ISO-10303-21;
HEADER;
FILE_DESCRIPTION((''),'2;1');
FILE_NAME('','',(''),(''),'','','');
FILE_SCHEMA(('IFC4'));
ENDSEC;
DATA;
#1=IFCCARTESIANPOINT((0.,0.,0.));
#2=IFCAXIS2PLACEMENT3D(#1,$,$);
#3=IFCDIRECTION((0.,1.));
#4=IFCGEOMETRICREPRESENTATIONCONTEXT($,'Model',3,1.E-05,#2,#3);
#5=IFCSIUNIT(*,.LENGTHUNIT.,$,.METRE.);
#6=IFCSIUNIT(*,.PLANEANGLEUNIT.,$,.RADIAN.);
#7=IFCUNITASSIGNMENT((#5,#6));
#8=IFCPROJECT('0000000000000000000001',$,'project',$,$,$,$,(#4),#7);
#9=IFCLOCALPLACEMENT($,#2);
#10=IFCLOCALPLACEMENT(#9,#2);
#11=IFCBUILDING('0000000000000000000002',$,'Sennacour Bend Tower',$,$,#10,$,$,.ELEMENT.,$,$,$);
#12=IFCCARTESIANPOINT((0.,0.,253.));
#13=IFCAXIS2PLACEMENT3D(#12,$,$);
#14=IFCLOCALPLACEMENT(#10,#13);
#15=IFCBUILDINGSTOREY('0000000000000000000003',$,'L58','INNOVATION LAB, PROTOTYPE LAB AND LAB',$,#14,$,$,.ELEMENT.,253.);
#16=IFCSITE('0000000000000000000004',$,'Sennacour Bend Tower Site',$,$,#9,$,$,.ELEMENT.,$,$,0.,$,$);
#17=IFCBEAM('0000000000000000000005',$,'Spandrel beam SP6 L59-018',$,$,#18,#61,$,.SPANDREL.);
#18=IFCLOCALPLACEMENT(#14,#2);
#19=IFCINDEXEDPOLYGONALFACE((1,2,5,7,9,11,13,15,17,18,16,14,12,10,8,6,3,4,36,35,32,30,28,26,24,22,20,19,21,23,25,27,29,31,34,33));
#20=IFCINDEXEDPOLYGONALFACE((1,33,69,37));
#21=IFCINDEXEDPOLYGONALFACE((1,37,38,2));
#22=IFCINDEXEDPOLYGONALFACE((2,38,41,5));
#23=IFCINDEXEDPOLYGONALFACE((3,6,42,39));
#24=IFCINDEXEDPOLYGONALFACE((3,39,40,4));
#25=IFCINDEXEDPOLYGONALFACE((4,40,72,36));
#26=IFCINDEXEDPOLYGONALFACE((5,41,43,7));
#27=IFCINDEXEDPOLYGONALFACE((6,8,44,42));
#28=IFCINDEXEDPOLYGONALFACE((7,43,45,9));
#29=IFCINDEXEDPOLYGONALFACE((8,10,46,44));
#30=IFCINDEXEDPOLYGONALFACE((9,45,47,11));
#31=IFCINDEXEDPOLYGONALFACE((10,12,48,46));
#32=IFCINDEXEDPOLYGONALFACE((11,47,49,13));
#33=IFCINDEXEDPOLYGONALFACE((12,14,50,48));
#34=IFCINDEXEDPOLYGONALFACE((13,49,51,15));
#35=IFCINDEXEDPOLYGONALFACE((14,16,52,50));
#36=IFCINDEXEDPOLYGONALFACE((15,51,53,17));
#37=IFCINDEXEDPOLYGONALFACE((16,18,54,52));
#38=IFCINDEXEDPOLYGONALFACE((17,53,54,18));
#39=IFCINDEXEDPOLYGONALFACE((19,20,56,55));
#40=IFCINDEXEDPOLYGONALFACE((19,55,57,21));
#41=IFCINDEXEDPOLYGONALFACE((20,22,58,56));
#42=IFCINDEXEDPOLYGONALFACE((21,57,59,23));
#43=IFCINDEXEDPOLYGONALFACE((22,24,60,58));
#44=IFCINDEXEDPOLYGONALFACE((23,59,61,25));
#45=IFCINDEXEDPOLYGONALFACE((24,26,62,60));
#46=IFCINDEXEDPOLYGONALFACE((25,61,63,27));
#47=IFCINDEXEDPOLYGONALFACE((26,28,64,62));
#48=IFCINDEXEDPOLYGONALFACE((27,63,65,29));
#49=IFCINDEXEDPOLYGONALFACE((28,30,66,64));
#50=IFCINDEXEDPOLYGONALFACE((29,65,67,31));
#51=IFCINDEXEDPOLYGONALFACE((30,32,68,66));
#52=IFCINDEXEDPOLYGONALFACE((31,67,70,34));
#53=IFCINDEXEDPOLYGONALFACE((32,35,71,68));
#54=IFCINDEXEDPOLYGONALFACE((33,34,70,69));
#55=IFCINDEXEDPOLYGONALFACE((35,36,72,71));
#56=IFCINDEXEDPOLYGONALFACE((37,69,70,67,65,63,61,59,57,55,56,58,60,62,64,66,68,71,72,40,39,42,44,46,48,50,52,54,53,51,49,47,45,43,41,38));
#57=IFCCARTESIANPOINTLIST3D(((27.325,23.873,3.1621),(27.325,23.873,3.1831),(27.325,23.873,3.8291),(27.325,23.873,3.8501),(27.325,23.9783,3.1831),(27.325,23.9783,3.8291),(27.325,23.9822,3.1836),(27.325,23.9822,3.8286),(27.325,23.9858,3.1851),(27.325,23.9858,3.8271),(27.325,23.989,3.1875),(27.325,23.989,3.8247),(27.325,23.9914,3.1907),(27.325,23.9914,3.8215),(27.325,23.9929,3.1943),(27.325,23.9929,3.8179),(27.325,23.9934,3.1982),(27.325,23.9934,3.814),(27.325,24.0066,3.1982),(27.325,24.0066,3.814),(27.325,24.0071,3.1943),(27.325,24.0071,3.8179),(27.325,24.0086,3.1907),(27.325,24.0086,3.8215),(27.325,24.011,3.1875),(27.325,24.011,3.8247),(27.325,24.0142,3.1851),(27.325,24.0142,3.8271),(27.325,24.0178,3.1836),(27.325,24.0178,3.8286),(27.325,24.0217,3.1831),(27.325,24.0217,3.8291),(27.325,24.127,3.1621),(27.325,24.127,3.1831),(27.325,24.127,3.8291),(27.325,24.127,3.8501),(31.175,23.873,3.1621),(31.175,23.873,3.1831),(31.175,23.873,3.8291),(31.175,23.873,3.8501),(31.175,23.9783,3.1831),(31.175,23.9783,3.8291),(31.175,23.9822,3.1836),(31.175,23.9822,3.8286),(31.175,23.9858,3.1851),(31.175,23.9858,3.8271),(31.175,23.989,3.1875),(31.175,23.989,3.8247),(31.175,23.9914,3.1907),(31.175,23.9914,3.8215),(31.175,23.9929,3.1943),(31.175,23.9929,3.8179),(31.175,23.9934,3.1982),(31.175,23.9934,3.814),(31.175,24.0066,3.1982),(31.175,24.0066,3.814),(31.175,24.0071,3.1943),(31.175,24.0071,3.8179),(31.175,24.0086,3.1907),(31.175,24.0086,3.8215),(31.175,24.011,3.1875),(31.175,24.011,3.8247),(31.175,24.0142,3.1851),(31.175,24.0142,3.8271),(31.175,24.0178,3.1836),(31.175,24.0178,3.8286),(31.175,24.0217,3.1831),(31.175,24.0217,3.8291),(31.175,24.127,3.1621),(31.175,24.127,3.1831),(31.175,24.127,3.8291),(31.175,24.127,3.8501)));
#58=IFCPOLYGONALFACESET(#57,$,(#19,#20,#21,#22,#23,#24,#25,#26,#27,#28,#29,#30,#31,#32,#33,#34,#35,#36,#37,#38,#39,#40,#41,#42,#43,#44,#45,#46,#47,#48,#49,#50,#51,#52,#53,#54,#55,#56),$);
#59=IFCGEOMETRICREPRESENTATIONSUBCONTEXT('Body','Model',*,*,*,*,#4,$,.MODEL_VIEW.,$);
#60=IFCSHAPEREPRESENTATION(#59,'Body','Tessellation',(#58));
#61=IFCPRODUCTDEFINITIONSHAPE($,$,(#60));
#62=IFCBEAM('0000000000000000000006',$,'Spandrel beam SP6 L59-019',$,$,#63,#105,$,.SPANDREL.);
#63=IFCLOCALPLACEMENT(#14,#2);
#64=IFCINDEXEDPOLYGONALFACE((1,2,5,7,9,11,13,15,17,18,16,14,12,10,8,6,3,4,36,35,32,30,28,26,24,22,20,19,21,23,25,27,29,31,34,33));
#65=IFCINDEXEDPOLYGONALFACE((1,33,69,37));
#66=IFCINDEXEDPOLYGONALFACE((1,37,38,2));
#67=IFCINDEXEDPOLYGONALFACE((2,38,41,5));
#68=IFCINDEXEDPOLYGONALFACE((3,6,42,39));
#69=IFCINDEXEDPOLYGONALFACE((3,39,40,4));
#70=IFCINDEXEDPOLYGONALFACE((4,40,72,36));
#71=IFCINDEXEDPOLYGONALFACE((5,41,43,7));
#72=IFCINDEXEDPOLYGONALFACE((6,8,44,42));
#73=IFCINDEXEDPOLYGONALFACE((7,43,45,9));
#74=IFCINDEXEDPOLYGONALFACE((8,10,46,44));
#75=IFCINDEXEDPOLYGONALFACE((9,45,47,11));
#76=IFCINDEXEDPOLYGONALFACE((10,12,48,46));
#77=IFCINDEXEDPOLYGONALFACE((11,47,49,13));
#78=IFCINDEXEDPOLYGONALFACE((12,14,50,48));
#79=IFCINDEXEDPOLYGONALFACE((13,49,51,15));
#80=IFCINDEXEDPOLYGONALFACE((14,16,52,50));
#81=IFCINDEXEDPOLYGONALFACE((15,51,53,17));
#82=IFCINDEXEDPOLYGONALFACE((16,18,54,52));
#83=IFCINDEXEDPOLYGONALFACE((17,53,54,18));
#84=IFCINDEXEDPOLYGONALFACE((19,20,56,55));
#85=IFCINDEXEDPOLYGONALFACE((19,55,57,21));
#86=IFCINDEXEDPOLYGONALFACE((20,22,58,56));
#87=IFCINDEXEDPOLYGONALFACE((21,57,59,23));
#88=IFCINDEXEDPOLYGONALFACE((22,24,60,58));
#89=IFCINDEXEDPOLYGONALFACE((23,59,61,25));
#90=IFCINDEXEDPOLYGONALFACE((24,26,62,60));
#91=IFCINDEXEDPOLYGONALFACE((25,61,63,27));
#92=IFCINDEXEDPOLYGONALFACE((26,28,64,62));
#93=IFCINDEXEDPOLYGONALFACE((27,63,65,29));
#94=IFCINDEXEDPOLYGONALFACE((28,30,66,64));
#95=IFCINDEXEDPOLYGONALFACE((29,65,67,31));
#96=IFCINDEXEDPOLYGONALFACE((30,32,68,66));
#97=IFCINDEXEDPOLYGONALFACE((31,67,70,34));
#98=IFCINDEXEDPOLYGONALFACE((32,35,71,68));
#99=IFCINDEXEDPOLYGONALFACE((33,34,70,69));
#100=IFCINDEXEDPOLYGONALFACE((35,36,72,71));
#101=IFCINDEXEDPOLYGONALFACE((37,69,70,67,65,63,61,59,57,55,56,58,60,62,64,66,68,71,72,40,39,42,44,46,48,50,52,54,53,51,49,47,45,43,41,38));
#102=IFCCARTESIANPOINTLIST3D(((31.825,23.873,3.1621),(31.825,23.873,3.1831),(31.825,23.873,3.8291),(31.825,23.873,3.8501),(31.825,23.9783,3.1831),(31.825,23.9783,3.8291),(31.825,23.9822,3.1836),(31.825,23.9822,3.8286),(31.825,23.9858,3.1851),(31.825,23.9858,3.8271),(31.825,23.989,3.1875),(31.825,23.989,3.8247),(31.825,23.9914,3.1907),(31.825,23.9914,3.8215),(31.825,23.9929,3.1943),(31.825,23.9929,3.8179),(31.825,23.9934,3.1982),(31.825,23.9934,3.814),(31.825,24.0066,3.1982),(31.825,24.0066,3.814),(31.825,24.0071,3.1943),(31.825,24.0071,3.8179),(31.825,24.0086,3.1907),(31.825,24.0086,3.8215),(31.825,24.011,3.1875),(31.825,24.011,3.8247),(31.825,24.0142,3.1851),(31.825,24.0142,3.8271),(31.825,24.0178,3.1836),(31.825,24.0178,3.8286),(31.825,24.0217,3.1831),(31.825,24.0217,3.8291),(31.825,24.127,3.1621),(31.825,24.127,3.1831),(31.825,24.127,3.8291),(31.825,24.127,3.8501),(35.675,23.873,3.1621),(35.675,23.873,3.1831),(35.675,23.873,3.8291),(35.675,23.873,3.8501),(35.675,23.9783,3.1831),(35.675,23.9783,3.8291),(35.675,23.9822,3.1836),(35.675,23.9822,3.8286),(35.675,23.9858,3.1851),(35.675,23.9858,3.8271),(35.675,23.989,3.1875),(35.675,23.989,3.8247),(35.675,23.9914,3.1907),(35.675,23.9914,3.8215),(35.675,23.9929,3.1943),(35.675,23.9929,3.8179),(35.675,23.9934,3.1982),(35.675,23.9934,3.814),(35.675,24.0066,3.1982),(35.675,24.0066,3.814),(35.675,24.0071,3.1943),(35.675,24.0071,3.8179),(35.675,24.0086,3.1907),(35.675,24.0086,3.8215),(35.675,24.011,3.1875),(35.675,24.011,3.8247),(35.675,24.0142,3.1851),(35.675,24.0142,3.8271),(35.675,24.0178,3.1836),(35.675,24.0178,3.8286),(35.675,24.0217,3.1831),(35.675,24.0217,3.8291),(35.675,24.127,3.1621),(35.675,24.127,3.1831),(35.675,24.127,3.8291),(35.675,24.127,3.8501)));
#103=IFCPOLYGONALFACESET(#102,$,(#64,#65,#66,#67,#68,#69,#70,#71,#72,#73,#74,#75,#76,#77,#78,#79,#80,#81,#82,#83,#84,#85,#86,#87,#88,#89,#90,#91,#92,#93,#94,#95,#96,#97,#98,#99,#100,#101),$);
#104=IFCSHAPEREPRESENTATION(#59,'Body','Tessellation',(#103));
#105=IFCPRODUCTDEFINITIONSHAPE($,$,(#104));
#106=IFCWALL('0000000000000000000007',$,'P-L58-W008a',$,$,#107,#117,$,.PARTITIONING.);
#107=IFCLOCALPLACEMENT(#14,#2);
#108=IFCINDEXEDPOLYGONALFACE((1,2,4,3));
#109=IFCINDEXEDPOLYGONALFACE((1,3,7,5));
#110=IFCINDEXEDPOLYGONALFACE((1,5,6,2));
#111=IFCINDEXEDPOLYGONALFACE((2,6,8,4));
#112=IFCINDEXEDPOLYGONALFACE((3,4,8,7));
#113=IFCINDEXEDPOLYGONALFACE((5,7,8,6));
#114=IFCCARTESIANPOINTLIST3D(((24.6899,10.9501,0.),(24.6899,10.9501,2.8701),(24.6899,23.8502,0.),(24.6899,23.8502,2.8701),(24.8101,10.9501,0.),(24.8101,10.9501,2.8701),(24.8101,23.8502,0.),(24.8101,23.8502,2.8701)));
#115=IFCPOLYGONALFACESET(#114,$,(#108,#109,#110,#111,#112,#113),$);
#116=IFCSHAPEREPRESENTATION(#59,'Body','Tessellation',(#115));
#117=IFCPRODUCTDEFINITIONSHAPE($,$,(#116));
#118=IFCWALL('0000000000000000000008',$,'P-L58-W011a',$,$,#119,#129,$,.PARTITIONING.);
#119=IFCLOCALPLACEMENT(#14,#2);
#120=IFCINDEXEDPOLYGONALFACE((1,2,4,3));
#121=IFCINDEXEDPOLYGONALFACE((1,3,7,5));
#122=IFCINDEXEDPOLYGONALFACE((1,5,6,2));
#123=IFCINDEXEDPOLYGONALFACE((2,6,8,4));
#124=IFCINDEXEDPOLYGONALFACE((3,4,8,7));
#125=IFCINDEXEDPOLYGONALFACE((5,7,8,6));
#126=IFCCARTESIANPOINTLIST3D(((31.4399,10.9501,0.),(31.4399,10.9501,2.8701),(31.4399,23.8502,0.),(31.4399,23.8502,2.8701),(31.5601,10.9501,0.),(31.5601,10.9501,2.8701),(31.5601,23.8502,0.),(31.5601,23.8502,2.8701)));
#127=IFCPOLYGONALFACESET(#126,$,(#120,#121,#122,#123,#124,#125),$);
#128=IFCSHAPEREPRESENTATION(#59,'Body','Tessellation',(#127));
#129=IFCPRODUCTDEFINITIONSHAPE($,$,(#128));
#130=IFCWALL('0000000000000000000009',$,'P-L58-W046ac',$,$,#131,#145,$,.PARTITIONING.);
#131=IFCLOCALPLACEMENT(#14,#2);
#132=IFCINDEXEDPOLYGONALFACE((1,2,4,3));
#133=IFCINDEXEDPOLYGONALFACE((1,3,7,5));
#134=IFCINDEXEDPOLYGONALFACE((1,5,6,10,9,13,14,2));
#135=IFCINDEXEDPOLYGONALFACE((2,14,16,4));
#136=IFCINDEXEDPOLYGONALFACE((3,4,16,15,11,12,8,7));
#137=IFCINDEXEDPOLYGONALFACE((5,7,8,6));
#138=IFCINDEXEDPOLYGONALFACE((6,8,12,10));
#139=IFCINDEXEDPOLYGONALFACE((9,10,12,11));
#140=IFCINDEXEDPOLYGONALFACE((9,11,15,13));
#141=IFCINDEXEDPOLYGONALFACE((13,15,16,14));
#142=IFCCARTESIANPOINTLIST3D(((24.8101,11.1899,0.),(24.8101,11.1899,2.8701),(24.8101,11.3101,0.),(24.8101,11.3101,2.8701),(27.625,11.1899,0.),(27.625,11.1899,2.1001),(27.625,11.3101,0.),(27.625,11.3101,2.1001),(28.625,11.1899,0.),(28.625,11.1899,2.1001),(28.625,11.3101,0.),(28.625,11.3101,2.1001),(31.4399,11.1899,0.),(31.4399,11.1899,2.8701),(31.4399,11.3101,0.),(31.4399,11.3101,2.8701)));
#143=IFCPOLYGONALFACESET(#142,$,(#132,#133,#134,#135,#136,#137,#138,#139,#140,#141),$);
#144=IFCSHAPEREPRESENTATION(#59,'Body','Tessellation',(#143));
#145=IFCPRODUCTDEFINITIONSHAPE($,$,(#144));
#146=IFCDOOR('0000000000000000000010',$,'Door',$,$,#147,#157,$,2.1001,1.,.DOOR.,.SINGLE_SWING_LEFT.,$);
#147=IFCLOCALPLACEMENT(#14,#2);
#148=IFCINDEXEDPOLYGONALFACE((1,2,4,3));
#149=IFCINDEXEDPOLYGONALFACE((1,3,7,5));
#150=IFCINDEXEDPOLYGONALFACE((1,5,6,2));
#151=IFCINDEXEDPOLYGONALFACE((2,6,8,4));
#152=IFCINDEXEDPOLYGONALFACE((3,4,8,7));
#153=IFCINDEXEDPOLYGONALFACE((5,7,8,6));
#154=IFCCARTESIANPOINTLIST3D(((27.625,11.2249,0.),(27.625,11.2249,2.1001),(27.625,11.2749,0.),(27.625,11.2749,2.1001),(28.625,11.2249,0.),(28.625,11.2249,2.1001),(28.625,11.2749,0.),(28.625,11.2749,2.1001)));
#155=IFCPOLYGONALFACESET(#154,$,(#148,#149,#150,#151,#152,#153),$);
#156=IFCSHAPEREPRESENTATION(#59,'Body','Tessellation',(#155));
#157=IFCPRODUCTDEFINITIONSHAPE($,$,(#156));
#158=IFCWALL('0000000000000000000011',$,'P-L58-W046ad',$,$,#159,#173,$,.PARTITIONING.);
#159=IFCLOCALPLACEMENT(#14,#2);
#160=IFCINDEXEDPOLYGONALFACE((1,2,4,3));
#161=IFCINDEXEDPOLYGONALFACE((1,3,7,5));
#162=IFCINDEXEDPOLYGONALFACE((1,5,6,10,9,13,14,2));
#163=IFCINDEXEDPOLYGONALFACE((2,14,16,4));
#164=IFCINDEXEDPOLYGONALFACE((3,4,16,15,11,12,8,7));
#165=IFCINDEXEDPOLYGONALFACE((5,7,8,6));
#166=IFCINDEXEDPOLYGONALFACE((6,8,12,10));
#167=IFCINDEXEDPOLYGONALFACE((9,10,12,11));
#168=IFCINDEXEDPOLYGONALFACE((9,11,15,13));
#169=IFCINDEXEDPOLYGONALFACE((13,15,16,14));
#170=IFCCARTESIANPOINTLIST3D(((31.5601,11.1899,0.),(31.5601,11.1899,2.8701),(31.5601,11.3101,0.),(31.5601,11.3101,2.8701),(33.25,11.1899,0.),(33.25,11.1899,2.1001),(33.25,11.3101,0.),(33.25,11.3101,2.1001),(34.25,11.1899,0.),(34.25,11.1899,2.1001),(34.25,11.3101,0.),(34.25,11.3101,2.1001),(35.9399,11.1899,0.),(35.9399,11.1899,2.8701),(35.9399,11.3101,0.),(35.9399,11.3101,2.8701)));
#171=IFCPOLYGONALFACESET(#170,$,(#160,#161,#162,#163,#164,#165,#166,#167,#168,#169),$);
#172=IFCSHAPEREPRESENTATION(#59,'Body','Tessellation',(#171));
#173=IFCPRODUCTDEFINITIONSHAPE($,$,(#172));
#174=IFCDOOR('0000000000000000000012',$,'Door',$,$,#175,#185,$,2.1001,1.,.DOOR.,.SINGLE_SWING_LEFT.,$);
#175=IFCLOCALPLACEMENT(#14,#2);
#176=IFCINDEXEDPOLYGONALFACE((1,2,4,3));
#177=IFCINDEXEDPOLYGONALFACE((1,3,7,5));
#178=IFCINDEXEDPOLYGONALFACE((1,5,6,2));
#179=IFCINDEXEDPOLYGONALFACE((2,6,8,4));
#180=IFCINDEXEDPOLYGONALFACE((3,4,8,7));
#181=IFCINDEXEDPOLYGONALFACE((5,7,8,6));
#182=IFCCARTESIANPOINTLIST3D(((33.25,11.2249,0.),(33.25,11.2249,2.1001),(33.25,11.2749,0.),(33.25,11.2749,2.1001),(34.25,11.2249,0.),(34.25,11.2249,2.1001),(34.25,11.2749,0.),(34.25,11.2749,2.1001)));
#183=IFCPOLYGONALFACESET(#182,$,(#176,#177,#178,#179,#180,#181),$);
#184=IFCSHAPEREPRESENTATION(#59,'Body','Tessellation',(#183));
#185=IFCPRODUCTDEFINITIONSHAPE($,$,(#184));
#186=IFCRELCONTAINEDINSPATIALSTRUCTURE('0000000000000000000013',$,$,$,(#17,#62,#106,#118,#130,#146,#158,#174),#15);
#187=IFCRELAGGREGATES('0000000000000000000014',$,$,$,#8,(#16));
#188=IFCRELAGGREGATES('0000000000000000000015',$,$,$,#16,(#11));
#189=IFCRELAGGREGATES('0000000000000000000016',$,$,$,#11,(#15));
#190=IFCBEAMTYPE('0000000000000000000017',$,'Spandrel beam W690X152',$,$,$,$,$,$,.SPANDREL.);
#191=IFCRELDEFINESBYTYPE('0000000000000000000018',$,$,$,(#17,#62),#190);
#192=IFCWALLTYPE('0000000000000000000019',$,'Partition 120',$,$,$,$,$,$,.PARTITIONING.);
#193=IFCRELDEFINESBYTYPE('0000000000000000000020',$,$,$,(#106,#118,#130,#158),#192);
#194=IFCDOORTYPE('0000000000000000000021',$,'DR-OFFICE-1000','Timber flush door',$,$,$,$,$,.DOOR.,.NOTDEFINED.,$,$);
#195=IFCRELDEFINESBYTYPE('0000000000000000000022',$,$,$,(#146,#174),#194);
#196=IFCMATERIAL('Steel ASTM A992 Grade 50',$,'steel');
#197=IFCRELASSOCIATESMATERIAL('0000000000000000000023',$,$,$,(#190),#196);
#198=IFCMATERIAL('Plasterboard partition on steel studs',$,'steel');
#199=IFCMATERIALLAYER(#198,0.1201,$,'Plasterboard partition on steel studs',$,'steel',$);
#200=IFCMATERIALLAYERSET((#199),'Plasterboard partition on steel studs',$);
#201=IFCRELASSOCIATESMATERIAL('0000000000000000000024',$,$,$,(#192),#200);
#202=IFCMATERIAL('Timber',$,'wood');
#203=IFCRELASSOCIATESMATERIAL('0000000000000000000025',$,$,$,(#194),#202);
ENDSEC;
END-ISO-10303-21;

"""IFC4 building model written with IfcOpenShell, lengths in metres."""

from ifc_helpers import new_model, si_unit, direction, frame, frame_2d, origin, origin_2d, place, context, subcontext, project, spatial, rectangle, i_section, extrude, material, layer, layer_set, material_profile, profile_set, type_object, element, fill, save


model = new_model("IFC4")

# Units and contexts
model_context = context("Model", 3, precision=1e-05, world=origin(), true_north=direction((0.0, 1.0)))
body_context = subcontext(model_context, "Body", "Model", "MODEL_VIEW")
ifc_project = project(units=[si_unit("LENGTHUNIT", "METRE"), si_unit("PLANEANGLEUNIT", "RADIAN")], contexts=[model_context])

# Site, building, storey
site_placement = place(None, origin())
site = spatial("IfcSite", under=ifc_project, at=site_placement, Name="Sennacour Bend Tower Site", CompositionType="ELEMENT", RefElevation=0.0)
building_placement = place(site_placement, origin())
building = spatial("IfcBuilding", under=site, at=building_placement, Name="Sennacour Bend Tower", CompositionType="ELEMENT")
storey_placement = place(building_placement, frame((0.0, 0.0, 253.0)))
storey = spatial("IfcBuildingStorey", under=building, at=storey_placement, Name="L58", Description="INNOVATION LAB, PROTOTYPE LAB AND LAB", CompositionType="ELEMENT", Elevation=253.0)

# Beams
ifc_material_1 = material(Name="Steel ASTM A992 Grade 50", Category="steel")
ifc_material_profile_1 = material_profile(ifc_material_1, i_section(OverallWidth=0.2539, OverallDepth=0.688, WebThickness=0.0132, FlangeThickness=0.021, FilletRadius=0.0151, at=origin_2d()), Name="Steel ASTM A992 Grade 50", Category="steel")
ifc_profile_set_1 = profile_set([ifc_material_profile_1], Name="Steel ASTM A992 Grade 50")
beam_type_1 = type_object("IfcBeamType", Name="Spandrel beam W690X152", PredefinedType="SPANDREL", material=ifc_profile_set_1)
for number, where, z_axis, x_axis, name in (
    (1, (27.325, 24.0, 3.5061), (1.0, 0.0, 0.0), (0.0, 1.0, 0.0), "Spandrel beam SP6 L59-018"),
    (2, (31.825, 24.0, 3.5061), (1.0, 0.0, 0.0), (0.0, 1.0, 0.0), "Spandrel beam SP6 L59-019"),
):
    element("IfcBeam", number, at=place(storey_placement, frame(where, z_axis=z_axis, x_axis=x_axis)), inside=storey, type_object=beam_type_1, Name=name, PredefinedType="SPANDREL", context=body_context, shape_type="SweptSolid", body=[
        extrude(i_section(OverallWidth=0.2539, OverallDepth=0.688, WebThickness=0.0132, FlangeThickness=0.021, FilletRadius=0.0151, at=origin_2d()), origin(), (0.0, 0.0, 1.0), 3.8501),
    ])

# Walls
ifc_material_2 = material(Name="Plasterboard partition on steel studs", Category="steel")
ifc_layer_1 = layer(ifc_material_2, 0.1201, Name="Plasterboard partition on steel studs", Category="steel")
ifc_layer_set_1 = layer_set([ifc_layer_1], Name="Plasterboard partition on steel studs")
wall_type_1 = type_object("IfcWallType", Name="Partition 120", PredefinedType="PARTITIONING", material=ifc_layer_set_1)
for number, where, z_axis, x_axis, name in (
    (3, (24.75, 10.95, 0.0), (0.0, 0.0, 1.0), (0.0, 1.0, 0.0), "P-L58-W008a"),
    (4, (31.5, 10.95, 0.0), (0.0, 0.0, 1.0), (0.0, 1.0, 0.0), "P-L58-W011a"),
):
    element("IfcWall", number, at=place(storey_placement, frame(where, z_axis=z_axis, x_axis=x_axis)), inside=storey, type_object=wall_type_1, Name=name, PredefinedType="PARTITIONING", context=body_context, shape_type="SweptSolid", body=[
        extrude(rectangle(XDim=12.9001, YDim=0.1201, at=frame_2d((6.4502, 0.0))), origin(), (0.0, 0.0, 1.0), 2.8701),
    ])

# Walls, openings, doors
wall_1_placement = place(storey_placement, frame((24.8101, 11.25, 0.0), z_axis=(0.0, 0.0, 1.0), x_axis=(1.0, 0.0, 0.0)))
wall_1 = element("IfcWall", 5, at=wall_1_placement, inside=storey, type_object=wall_type_1, Name="P-L58-W046ac", PredefinedType="PARTITIONING", context=body_context, shape_type="SweptSolid", body=[
    extrude(rectangle(XDim=6.6299, YDim=0.1201, at=frame_2d((3.3149, 0.0))), origin(), (0.0, 0.0, 1.0), 2.8701),
])
opening_1_placement = place(wall_1_placement, frame((2.8149, 0.0, 0.0)))
opening_1 = element("IfcOpeningElement", 6, at=opening_1_placement, cuts=wall_1, PredefinedType="OPENING", context=body_context, shape_type="SweptSolid", body=[
    extrude(rectangle(XDim=1.0, YDim=2.1001, at=frame_2d((0.5, 1.05))), frame((0.0, 0.0701, 0.0), z_axis=(0.0, -1.0, 0.0), x_axis=(1.0, 0.0, 0.0)), (0.0, 0.0, 1.0), 0.1401),
])
ifc_material_3 = material(Name="Timber", Category="wood")
door_type_1 = type_object("IfcDoorType", Name="DR-OFFICE-1000", Description="Timber flush door", OperationType="NOTDEFINED", PredefinedType="DOOR", material=ifc_material_3)
door_1_placement = place(opening_1_placement, origin())
door_1 = element("IfcDoor", 7, at=door_1_placement, inside=storey, type_object=door_type_1, Name="Door", OperationType="SINGLE_SWING_LEFT", OverallHeight=2.1001, OverallWidth=1.0, PredefinedType="DOOR", context=body_context, shape_type="SweptSolid", body=[
    extrude(rectangle(XDim=1.0, YDim=2.1001, at=frame_2d((0.5, 1.05))), frame((0.0, 0.0249, 0.0), z_axis=(0.0, -1.0, 0.0), x_axis=(1.0, 0.0, 0.0)), (0.0, 0.0, 1.0), 0.05),
])
fill(opening_1, door_1)
wall_2_placement = place(storey_placement, frame((31.5601, 11.25, 0.0), z_axis=(0.0, 0.0, 1.0), x_axis=(1.0, 0.0, 0.0)))
wall_2 = element("IfcWall", 8, at=wall_2_placement, inside=storey, type_object=wall_type_1, Name="P-L58-W046ad", PredefinedType="PARTITIONING", context=body_context, shape_type="SweptSolid", body=[
    extrude(rectangle(XDim=4.3799, YDim=0.1201, at=frame_2d((2.1899, 0.0))), origin(), (0.0, 0.0, 1.0), 2.8701),
])
opening_2_placement = place(wall_2_placement, frame((1.6899, 0.0, 0.0)))
opening_2 = element("IfcOpeningElement", 9, at=opening_2_placement, cuts=wall_2, PredefinedType="OPENING", context=body_context, shape_type="SweptSolid", body=[
    extrude(rectangle(XDim=1.0, YDim=2.1001, at=frame_2d((0.5, 1.05))), frame((0.0, 0.0701, 0.0), z_axis=(0.0, -1.0, 0.0), x_axis=(1.0, 0.0, 0.0)), (0.0, 0.0, 1.0), 0.1401),
])
door_2_placement = place(opening_2_placement, origin())
door_2 = element("IfcDoor", 10, at=door_2_placement, inside=storey, type_object=door_type_1, Name="Door", OperationType="SINGLE_SWING_LEFT", OverallHeight=2.1001, OverallWidth=1.0, PredefinedType="DOOR", context=body_context, shape_type="SweptSolid", body=[
    extrude(rectangle(XDim=1.0, YDim=2.1001, at=frame_2d((0.5, 1.05))), frame((0.0, 0.0249, 0.0), z_axis=(0.0, -1.0, 0.0), x_axis=(1.0, 0.0, 0.0)), (0.0, 0.0, 1.0), 0.05),
])
fill(opening_2, door_2)

save(model, "model.ifc")
